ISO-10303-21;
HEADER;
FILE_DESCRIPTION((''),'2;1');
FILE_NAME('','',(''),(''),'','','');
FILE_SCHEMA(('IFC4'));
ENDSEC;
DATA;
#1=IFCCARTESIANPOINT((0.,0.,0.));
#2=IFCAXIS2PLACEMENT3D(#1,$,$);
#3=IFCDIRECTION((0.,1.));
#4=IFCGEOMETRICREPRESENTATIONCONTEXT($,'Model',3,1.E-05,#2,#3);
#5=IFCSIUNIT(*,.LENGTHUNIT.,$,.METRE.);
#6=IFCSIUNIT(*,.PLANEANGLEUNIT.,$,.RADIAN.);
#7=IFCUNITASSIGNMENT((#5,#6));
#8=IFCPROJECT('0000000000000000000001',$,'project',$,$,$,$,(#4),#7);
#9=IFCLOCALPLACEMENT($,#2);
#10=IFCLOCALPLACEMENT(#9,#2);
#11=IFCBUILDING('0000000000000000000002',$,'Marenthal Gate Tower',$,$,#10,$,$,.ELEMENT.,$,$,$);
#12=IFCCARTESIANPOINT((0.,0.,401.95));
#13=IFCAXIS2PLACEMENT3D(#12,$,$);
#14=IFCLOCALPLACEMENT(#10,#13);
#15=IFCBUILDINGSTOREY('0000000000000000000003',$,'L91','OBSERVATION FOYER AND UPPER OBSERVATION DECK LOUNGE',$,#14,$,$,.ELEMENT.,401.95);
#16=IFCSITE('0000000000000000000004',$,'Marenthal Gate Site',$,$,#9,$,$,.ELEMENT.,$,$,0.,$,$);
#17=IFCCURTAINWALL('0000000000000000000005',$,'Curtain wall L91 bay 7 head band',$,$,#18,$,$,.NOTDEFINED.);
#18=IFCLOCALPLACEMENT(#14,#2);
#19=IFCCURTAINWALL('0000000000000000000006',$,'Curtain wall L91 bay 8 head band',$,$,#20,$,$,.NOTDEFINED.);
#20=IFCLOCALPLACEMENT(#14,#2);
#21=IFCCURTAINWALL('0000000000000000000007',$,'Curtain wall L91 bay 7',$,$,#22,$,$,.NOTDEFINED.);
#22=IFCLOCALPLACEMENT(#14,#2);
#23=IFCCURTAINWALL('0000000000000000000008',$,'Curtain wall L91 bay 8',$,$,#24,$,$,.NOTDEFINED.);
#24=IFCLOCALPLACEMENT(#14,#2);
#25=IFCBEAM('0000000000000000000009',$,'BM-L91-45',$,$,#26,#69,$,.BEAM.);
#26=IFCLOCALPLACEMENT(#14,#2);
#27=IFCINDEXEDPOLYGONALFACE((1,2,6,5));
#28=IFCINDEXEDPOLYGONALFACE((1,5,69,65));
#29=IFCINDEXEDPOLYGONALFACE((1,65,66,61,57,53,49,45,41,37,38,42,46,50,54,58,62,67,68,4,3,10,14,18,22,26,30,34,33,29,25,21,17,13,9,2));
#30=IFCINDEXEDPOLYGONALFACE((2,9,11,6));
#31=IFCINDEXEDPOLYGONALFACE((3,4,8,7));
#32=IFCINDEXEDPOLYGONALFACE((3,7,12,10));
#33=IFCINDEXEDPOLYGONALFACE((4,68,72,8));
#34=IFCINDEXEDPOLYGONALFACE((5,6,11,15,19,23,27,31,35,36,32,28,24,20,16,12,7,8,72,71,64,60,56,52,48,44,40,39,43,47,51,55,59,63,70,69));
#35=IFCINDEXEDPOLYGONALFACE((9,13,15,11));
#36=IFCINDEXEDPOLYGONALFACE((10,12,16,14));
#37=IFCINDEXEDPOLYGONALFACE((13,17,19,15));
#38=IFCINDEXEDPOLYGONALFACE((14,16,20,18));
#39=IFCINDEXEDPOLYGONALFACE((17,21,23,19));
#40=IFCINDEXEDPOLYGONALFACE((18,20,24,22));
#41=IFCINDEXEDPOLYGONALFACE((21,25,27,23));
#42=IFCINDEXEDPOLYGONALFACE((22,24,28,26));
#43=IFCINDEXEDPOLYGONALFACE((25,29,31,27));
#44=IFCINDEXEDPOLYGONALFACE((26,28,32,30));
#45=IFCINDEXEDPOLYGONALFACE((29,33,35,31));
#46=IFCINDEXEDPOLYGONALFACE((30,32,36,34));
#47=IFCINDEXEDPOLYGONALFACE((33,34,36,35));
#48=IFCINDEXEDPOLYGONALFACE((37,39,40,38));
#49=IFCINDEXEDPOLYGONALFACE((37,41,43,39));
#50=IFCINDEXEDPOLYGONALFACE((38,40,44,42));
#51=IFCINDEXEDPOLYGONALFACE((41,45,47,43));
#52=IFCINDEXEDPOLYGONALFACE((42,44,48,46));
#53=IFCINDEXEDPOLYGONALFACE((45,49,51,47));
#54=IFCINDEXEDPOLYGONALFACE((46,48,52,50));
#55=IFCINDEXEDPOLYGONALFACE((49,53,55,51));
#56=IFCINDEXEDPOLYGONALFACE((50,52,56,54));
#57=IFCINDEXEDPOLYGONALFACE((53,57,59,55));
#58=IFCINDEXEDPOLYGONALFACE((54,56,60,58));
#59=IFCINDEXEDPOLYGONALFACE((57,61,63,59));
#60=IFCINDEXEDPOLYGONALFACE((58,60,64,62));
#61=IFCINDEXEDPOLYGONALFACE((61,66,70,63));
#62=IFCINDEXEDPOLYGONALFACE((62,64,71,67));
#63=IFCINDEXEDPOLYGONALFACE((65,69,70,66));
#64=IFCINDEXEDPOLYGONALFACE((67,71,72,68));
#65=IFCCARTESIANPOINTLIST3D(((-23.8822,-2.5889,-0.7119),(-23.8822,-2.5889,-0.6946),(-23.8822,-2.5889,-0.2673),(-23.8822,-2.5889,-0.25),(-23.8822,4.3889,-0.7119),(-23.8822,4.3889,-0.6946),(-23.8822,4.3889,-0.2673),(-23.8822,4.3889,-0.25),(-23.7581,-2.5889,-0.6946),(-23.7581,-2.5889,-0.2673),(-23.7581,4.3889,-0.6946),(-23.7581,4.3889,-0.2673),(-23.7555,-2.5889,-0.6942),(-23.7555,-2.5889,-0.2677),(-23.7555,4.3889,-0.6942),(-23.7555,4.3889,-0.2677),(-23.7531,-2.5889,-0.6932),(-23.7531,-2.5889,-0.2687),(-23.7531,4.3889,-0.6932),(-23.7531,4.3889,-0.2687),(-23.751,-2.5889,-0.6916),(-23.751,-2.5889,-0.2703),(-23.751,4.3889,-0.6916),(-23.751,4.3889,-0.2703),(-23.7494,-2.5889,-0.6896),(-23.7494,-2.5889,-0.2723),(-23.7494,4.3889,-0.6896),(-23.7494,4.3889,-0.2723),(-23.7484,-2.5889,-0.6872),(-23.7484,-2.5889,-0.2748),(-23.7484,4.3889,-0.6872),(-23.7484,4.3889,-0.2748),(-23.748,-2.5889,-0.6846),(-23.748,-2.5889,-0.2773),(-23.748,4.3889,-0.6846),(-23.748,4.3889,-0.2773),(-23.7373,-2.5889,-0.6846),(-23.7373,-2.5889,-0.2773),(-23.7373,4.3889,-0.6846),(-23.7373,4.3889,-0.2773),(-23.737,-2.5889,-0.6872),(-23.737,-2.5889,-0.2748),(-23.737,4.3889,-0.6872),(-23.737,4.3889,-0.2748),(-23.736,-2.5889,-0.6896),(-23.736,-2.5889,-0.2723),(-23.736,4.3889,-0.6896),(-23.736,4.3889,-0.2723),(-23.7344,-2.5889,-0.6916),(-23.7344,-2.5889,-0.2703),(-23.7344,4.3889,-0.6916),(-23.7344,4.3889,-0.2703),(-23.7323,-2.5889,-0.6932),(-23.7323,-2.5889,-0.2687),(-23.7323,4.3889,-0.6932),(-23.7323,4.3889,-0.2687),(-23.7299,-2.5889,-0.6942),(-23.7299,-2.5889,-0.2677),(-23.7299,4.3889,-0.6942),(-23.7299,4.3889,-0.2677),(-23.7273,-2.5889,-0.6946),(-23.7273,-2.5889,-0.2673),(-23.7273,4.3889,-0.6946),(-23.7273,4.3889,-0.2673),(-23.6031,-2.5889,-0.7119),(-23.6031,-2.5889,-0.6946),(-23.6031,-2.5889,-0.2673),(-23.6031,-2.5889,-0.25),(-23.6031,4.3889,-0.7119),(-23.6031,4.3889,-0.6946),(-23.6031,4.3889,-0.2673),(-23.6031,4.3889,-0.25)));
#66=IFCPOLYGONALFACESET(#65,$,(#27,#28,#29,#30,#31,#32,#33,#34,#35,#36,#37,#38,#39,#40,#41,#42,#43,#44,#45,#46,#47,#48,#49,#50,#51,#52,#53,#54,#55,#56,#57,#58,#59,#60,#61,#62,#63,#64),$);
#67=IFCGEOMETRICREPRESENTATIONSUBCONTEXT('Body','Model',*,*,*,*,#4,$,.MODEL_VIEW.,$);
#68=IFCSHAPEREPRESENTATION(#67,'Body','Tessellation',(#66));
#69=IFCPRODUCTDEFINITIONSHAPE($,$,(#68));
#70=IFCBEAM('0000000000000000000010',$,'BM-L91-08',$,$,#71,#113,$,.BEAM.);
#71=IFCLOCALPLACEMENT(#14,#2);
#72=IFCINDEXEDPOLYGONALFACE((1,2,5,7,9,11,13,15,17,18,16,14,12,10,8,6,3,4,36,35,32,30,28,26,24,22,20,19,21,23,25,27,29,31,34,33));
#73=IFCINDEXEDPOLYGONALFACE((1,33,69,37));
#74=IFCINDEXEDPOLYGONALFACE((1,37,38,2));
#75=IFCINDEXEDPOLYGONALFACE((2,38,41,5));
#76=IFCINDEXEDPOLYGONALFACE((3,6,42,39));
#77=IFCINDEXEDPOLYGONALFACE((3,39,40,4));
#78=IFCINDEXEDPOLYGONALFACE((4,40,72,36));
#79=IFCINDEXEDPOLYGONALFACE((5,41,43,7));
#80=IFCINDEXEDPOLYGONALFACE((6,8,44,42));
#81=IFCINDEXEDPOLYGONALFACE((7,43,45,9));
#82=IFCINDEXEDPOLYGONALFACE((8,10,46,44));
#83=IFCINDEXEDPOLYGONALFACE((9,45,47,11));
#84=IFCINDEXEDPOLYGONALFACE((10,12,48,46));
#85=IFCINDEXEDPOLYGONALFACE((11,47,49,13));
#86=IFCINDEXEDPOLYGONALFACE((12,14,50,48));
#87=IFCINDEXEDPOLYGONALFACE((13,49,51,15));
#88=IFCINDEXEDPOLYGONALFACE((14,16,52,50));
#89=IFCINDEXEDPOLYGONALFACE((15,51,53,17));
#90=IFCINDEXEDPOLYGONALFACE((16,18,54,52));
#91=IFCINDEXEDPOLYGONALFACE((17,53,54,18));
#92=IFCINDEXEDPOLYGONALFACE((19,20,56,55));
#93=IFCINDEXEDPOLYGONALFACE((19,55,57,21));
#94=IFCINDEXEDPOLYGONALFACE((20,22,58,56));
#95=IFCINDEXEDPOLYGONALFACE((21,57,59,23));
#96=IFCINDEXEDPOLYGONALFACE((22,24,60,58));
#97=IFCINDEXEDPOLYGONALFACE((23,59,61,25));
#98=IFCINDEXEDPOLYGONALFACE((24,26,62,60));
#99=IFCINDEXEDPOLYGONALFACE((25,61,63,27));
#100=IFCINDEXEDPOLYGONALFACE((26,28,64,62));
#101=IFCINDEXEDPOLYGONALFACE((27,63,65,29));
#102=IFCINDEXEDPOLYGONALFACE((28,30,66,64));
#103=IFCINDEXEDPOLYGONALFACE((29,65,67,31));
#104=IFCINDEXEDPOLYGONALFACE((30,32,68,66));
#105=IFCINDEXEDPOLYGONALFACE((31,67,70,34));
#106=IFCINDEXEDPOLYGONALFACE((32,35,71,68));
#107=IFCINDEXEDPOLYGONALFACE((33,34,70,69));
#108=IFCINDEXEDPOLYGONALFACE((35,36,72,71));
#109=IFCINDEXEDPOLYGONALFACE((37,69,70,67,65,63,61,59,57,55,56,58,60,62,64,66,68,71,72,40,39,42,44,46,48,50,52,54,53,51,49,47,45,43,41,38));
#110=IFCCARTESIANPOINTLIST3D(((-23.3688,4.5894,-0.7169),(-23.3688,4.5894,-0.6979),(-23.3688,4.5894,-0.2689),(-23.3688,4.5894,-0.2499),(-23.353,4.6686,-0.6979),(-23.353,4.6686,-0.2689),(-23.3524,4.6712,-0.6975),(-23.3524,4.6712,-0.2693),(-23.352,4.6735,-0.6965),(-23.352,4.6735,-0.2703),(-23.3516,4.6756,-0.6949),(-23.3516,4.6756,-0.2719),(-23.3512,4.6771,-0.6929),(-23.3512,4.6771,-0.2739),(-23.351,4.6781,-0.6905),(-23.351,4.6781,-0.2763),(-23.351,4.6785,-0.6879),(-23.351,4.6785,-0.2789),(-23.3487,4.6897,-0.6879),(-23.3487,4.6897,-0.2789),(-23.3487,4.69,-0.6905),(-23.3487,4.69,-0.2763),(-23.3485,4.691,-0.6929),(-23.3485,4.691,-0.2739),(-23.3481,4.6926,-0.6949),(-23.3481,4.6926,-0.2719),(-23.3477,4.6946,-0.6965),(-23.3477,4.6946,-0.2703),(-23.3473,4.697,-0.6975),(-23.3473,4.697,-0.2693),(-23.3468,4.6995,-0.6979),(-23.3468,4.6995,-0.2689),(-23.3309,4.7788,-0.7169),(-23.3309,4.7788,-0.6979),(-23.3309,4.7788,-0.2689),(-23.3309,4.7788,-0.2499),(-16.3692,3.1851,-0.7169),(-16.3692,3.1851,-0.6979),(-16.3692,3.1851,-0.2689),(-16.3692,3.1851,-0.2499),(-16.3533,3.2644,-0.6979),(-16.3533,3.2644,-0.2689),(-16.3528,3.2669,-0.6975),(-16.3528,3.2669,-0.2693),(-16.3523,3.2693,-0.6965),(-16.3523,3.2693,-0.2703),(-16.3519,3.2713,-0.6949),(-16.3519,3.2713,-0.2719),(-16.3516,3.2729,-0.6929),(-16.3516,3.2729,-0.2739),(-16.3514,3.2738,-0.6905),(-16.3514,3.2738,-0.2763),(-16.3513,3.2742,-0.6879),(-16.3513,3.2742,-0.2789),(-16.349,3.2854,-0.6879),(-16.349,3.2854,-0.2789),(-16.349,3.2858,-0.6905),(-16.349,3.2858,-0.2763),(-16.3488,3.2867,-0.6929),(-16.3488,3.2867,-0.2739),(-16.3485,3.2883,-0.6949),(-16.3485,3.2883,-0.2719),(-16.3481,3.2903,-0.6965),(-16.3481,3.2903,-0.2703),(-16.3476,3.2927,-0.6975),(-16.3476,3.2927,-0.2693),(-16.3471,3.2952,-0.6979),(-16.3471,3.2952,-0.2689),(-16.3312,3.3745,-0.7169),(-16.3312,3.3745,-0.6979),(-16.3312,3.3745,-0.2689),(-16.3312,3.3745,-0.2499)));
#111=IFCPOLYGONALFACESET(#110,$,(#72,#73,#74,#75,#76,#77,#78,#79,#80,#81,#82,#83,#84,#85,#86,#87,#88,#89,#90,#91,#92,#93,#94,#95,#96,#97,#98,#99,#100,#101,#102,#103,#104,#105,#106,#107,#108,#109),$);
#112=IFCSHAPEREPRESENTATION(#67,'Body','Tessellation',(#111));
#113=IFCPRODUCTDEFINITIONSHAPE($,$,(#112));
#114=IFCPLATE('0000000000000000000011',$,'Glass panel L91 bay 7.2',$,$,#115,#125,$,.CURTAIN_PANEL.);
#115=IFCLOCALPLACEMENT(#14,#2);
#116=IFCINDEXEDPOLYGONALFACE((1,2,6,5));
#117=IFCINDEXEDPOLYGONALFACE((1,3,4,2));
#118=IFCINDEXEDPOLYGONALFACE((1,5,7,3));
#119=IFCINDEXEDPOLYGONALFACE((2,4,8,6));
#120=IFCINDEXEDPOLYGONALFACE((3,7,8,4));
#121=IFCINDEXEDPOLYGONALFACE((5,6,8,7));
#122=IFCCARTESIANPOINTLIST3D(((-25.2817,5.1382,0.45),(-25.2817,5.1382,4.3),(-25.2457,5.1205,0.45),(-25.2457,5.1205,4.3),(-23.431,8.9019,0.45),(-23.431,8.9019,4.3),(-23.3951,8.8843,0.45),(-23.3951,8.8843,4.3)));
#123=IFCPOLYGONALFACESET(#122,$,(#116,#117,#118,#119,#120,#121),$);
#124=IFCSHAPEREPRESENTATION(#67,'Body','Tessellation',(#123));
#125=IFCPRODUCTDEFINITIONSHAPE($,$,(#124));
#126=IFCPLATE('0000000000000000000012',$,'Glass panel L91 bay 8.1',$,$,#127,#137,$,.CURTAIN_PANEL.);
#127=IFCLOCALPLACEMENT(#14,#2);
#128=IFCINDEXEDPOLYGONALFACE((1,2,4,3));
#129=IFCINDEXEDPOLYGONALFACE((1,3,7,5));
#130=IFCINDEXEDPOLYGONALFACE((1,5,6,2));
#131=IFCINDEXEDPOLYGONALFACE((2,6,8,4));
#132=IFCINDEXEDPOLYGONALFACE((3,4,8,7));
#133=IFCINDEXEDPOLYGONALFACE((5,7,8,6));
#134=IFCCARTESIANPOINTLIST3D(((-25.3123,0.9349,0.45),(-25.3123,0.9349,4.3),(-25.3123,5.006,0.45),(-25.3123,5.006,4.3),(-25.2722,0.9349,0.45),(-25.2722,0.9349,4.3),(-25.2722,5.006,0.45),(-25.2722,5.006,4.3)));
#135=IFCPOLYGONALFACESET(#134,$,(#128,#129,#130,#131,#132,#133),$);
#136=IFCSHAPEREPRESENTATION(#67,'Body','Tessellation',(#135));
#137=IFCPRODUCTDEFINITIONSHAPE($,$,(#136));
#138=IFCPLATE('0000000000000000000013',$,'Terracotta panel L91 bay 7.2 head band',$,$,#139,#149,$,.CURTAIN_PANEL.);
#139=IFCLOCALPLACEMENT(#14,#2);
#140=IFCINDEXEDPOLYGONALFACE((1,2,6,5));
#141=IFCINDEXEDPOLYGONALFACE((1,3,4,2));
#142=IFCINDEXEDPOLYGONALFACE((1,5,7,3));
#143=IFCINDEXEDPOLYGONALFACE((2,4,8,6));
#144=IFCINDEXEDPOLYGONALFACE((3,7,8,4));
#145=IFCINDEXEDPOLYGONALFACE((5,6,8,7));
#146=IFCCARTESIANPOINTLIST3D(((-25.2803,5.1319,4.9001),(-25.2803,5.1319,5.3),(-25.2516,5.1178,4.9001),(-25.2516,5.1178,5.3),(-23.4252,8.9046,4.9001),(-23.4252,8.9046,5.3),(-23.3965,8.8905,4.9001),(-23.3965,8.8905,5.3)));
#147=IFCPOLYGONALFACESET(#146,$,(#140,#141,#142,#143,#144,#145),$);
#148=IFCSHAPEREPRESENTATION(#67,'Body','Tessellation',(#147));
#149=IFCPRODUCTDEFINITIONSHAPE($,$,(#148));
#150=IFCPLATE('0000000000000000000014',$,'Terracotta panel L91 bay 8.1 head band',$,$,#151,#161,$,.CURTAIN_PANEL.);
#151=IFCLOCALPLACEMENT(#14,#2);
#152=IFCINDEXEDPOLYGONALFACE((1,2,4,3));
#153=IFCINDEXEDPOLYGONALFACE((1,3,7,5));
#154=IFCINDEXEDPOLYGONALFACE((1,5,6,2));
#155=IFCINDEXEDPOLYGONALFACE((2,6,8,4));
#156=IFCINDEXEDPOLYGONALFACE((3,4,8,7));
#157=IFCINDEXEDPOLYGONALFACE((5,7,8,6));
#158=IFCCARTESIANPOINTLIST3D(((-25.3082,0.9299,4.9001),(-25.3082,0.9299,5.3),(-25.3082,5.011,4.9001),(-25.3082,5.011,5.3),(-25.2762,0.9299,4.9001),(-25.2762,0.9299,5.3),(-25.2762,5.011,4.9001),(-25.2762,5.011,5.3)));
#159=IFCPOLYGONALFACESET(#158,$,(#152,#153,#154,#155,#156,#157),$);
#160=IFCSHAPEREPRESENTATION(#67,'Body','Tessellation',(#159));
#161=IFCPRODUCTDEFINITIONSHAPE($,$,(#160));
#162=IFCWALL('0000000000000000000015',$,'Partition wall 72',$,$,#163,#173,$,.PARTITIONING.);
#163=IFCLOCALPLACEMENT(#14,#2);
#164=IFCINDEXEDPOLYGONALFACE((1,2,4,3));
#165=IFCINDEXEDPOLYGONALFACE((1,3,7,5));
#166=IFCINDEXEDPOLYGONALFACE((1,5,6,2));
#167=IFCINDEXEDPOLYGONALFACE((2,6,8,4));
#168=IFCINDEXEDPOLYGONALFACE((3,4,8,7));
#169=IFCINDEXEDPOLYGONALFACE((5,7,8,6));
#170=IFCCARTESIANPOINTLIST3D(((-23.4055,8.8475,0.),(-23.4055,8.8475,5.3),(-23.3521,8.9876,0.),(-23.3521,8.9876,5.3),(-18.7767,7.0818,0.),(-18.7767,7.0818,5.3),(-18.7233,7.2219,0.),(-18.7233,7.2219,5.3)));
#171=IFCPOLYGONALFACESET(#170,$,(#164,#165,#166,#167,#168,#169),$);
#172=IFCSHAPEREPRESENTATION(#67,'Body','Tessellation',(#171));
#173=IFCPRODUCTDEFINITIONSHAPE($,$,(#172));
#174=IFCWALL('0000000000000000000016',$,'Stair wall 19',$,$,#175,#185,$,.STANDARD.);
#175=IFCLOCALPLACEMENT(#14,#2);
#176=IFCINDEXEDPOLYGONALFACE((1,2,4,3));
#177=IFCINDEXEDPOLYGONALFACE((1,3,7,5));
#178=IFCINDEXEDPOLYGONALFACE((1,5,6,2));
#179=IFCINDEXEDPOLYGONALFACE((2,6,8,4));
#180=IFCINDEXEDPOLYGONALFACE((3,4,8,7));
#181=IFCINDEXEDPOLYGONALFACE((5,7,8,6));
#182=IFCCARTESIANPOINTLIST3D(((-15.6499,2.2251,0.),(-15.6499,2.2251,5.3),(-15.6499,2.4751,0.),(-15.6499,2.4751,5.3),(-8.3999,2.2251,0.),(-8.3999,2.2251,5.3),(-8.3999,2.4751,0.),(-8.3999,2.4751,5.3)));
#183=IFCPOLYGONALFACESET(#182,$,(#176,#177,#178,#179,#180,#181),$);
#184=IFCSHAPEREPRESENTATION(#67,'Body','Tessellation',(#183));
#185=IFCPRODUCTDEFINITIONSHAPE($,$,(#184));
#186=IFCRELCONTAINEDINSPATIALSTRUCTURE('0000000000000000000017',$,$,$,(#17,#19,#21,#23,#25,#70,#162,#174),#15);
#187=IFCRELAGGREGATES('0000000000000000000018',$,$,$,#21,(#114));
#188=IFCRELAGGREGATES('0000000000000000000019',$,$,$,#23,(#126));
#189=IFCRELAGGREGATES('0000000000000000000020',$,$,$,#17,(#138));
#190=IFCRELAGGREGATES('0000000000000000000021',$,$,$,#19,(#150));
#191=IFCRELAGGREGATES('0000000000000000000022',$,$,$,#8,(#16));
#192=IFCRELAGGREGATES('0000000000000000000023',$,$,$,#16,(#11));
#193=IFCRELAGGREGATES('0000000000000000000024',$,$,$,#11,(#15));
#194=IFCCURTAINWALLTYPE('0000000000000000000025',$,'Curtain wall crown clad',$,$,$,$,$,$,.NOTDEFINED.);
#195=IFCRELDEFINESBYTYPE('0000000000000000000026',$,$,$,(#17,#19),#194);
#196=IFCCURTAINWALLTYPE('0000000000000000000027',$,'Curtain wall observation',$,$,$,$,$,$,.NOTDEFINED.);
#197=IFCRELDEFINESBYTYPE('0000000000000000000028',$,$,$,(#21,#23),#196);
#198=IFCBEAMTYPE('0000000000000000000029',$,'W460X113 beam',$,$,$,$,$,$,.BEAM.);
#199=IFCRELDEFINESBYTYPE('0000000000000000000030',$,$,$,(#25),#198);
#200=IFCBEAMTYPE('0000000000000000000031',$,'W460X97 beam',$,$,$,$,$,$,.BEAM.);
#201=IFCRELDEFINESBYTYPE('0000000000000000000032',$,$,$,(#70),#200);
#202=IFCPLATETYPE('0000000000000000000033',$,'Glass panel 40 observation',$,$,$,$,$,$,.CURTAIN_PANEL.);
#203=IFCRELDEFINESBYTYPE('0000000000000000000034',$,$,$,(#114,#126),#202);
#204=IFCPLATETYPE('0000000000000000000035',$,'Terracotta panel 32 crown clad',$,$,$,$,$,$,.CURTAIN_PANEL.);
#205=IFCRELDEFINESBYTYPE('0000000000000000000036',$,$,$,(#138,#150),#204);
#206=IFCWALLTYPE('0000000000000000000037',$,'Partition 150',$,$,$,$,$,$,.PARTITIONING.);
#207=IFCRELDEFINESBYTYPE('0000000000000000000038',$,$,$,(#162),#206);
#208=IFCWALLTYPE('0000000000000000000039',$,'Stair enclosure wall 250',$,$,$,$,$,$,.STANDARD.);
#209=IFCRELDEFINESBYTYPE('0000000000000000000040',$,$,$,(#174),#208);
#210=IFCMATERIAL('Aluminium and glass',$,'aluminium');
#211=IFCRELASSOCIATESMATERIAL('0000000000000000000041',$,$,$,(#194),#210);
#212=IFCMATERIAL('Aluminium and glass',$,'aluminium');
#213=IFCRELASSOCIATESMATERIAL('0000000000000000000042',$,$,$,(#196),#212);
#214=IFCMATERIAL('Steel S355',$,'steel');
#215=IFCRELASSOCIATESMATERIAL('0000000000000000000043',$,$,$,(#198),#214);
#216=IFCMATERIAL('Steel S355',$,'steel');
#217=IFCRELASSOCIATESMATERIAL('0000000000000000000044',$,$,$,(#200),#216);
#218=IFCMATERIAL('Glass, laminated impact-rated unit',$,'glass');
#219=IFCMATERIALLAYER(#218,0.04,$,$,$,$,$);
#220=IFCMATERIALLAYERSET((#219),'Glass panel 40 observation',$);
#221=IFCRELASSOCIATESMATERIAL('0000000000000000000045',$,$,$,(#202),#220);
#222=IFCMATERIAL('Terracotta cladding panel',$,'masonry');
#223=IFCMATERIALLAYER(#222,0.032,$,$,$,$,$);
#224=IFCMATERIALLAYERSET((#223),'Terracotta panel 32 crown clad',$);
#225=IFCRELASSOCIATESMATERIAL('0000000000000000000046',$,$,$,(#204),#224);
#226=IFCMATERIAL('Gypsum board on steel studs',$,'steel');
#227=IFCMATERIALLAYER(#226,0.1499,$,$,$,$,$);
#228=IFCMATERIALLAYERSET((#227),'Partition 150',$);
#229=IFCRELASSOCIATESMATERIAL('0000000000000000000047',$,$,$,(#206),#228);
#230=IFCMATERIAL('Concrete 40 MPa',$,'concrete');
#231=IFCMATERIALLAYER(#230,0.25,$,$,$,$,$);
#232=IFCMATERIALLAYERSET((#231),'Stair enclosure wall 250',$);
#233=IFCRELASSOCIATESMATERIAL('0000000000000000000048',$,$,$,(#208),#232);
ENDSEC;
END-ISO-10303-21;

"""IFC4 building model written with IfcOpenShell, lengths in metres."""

from ifc_helpers import new_model, si_unit, direction, frame, frame_2d, origin, origin_2d, place, context, subcontext, project, spatial, rectangle, i_section, extrude, material, layer, layer_set, material_profile, profile_set, type_object, element, aggregate, save


model = new_model("IFC4")

# Units and contexts
model_context = context("Model", 3, precision=1e-05, world=origin(), true_north=direction((0.0, 1.0)))
body_context = subcontext(model_context, "Body", "Model", "MODEL_VIEW")
ifc_project = project(units=[si_unit("LENGTHUNIT", "METRE"), si_unit("PLANEANGLEUNIT", "RADIAN")], contexts=[model_context])

# Site, building, storey
site_placement = place(None, origin())
site = spatial("IfcSite", under=ifc_project, at=site_placement, Name="Marenthal Gate Site", CompositionType="ELEMENT", RefElevation=0.0)
building_placement = place(site_placement, origin())
building = spatial("IfcBuilding", under=site, at=building_placement, Name="Marenthal Gate Tower", CompositionType="ELEMENT")
storey_placement = place(building_placement, frame((0.0, 0.0, 401.95)))
storey = spatial("IfcBuildingStorey", under=building, at=storey_placement, Name="L91", Description="OBSERVATION FOYER AND UPPER OBSERVATION DECK LOUNGE", CompositionType="ELEMENT", Elevation=401.95)

# Curtain walls
ifc_material_1 = material(Name="Aluminium and glass", Category="aluminium")
curtain_wall_type_1 = type_object("IfcCurtainWallType", Name="Curtain wall crown clad", PredefinedType="NOTDEFINED", material=ifc_material_1)
curtain_wall_1_placement = place(storey_placement, origin())
curtain_wall_1 = element("IfcCurtainWall", 1, at=curtain_wall_1_placement, inside=storey, type_object=curtain_wall_type_1, Name="Curtain wall L91 bay 7 head band", PredefinedType="NOTDEFINED")
curtain_wall_2_placement = place(storey_placement, origin())
curtain_wall_2 = element("IfcCurtainWall", 2, at=curtain_wall_2_placement, inside=storey, type_object=curtain_wall_type_1, Name="Curtain wall L91 bay 8 head band", PredefinedType="NOTDEFINED")
ifc_material_2 = material(Name="Aluminium and glass", Category="aluminium")
curtain_wall_type_2 = type_object("IfcCurtainWallType", Name="Curtain wall observation", PredefinedType="NOTDEFINED", material=ifc_material_2)
curtain_wall_3_placement = place(storey_placement, origin())
curtain_wall_3 = element("IfcCurtainWall", 3, at=curtain_wall_3_placement, inside=storey, type_object=curtain_wall_type_2, Name="Curtain wall L91 bay 7", PredefinedType="NOTDEFINED")
curtain_wall_4_placement = place(storey_placement, origin())
curtain_wall_4 = element("IfcCurtainWall", 4, at=curtain_wall_4_placement, inside=storey, type_object=curtain_wall_type_2, Name="Curtain wall L91 bay 8", PredefinedType="NOTDEFINED")

# Beams
ifc_material_3 = material(Name="Steel S355", Category="steel")
ifc_material_profile_1 = material_profile(ifc_material_3, i_section(OverallWidth=0.2791, OverallDepth=0.4619, WebThickness=0.0107, FlangeThickness=0.0173, FilletRadius=0.01, at=origin_2d()), Name="W460X113")
ifc_profile_set_1 = profile_set([ifc_material_profile_1], Name="Steel S355")
beam_type_1 = type_object("IfcBeamType", Name="W460X113 beam", PredefinedType="BEAM", material=ifc_profile_set_1)
beam_1_placement = place(storey_placement, frame((-23.7427, 4.3889, -0.481), z_axis=(0.0, -1.0, 0.0), x_axis=(1.0, 0.0, 0.0)))
element("IfcBeam", 5, at=beam_1_placement, inside=storey, type_object=beam_type_1, Name="BM-L91-45", PredefinedType="BEAM", context=body_context, shape_type="SweptSolid", body=[
    extrude(i_section(OverallWidth=0.2791, OverallDepth=0.4619, WebThickness=0.0107, FlangeThickness=0.0173, FilletRadius=0.01, at=origin_2d()), origin(), (0.0, 0.0, 1.0), 6.9778),
])
ifc_material_4 = material(Name="Steel S355", Category="steel")
ifc_material_profile_2 = material_profile(ifc_material_4, i_section(OverallWidth=0.1931, OverallDepth=0.467, WebThickness=0.0115, FlangeThickness=0.019, FilletRadius=0.01, at=origin_2d()), Name="W460X97")
ifc_profile_set_2 = profile_set([ifc_material_profile_2], Name="Steel S355")
beam_type_2 = type_object("IfcBeamType", Name="W460X97 beam", PredefinedType="BEAM", material=ifc_profile_set_2)
beam_2_placement = place(storey_placement, frame((-23.3499, 4.6841, -0.4834), z_axis=(0.980463, -0.196701, 0.0), x_axis=(0.196701, 0.980463, 0.0)))
element("IfcBeam", 6, at=beam_2_placement, inside=storey, type_object=beam_type_2, Name="BM-L91-08", PredefinedType="BEAM", context=body_context, shape_type="SweptSolid", body=[
    extrude(i_section(OverallWidth=0.1931, OverallDepth=0.467, WebThickness=0.0115, FlangeThickness=0.019, FilletRadius=0.01, at=origin_2d()), origin(), (0.0, 0.0, 1.0), 7.1392),
])

# Plates
ifc_material_5 = material(Name="Glass, laminated impact-rated unit", Category="glass")
ifc_layer_1 = layer(ifc_material_5, 0.04)
ifc_layer_set_1 = layer_set([ifc_layer_1], Name="Glass panel 40 observation")
plate_type_1 = type_object("IfcPlateType", Name="Glass panel 40 observation", PredefinedType="CURTAIN_PANEL", material=ifc_layer_set_1)
plate_1_placement = place(storey_placement, frame((-24.3384, 7.0112, 0.45), z_axis=(0.0, 0.0, 1.0), x_axis=(-0.441247, -0.897386, 0.0)))
plate_1 = element("IfcPlate", 7, at=plate_1_placement, type_object=plate_type_1, Name="Glass panel L91 bay 7.2", PredefinedType="CURTAIN_PANEL", context=body_context, shape_type="SweptSolid", body=[
    extrude(rectangle(XDim=4.1941, YDim=0.04, at=origin_2d()), origin(), (0.0, 0.0, 1.0), 3.8501),
])
aggregate(curtain_wall_3, [plate_1])
plate_2_placement = place(storey_placement, frame((-25.2922, 2.9705, 0.45), z_axis=(0.0, 0.0, 1.0), x_axis=(0.0, -1.0, 0.0)))
plate_2 = element("IfcPlate", 8, at=plate_2_placement, type_object=plate_type_1, Name="Glass panel L91 bay 8.1", PredefinedType="CURTAIN_PANEL", context=body_context, shape_type="SweptSolid", body=[
    extrude(rectangle(XDim=4.071, YDim=0.04, at=origin_2d()), origin(), (0.0, 0.0, 1.0), 3.8501),
])
aggregate(curtain_wall_4, [plate_2])
ifc_material_6 = material(Name="Terracotta cladding panel", Category="masonry")
ifc_layer_2 = layer(ifc_material_6, 0.032)
ifc_layer_set_2 = layer_set([ifc_layer_2], Name="Terracotta panel 32 crown clad")
plate_type_2 = type_object("IfcPlateType", Name="Terracotta panel 32 crown clad", PredefinedType="CURTAIN_PANEL", material=ifc_layer_set_2)
plate_3_placement = place(storey_placement, frame((-24.3384, 7.0112, 4.9001), z_axis=(0.0, 0.0, 1.0), x_axis=(-0.441247, -0.897386, 0.0)))
plate_3 = element("IfcPlate", 9, at=plate_3_placement, type_object=plate_type_2, Name="Terracotta panel L91 bay 7.2 head band", PredefinedType="CURTAIN_PANEL", context=body_context, shape_type="SweptSolid", body=[
    extrude(rectangle(XDim=4.2041, YDim=0.032, at=origin_2d()), origin(), (0.0, 0.0, 1.0), 0.3999),
])
aggregate(curtain_wall_1, [plate_3])
plate_4_placement = place(storey_placement, frame((-25.2922, 2.9705, 4.9001), z_axis=(0.0, 0.0, 1.0), x_axis=(0.0, -1.0, 0.0)))
plate_4 = element("IfcPlate", 10, at=plate_4_placement, type_object=plate_type_2, Name="Terracotta panel L91 bay 8.1 head band", PredefinedType="CURTAIN_PANEL", context=body_context, shape_type="SweptSolid", body=[
    extrude(rectangle(XDim=4.0811, YDim=0.032, at=origin_2d()), origin(), (0.0, 0.0, 1.0), 0.3999),
])
aggregate(curtain_wall_2, [plate_4])

# Walls
ifc_material_7 = material(Name="Gypsum board on steel studs", Category="steel")
ifc_layer_3 = layer(ifc_material_7, 0.1499)
ifc_layer_set_3 = layer_set([ifc_layer_3], Name="Partition 150")
wall_type_1 = type_object("IfcWallType", Name="Partition 150", PredefinedType="PARTITIONING", material=ifc_layer_set_3)
wall_1_placement = place(storey_placement, frame((-18.75, 7.1519, 0.0), z_axis=(0.0, 0.0, 1.0), x_axis=(-0.934332, 0.356405, 0.0)))
element("IfcWall", 11, at=wall_1_placement, inside=storey, type_object=wall_type_1, Name="Partition wall 72", PredefinedType="PARTITIONING", context=body_context, shape_type="SweptSolid", body=[
    extrude(rectangle(XDim=4.9541, YDim=0.1499, at=frame_2d((2.4771, 0.0))), origin(), (0.0, 0.0, 1.0), 5.3),
])
ifc_material_8 = material(Name="Concrete 40 MPa", Category="concrete")
ifc_layer_4 = layer(ifc_material_8, 0.25)
ifc_layer_set_4 = layer_set([ifc_layer_4], Name="Stair enclosure wall 250")
wall_type_2 = type_object("IfcWallType", Name="Stair enclosure wall 250", PredefinedType="STANDARD", material=ifc_layer_set_4)
wall_2_placement = place(storey_placement, frame((-15.6499, 2.3501, 0.0), z_axis=(0.0, 0.0, 1.0), x_axis=(1.0, 0.0, 0.0)))
element("IfcWall", 12, at=wall_2_placement, inside=storey, type_object=wall_type_2, Name="Stair wall 19", PredefinedType="STANDARD", context=body_context, shape_type="SweptSolid", body=[
    extrude(rectangle(XDim=7.25, YDim=0.25, at=frame_2d((3.625, 0.0))), origin(), (0.0, 0.0, 1.0), 5.3),
])

save(model, "model.ifc")
